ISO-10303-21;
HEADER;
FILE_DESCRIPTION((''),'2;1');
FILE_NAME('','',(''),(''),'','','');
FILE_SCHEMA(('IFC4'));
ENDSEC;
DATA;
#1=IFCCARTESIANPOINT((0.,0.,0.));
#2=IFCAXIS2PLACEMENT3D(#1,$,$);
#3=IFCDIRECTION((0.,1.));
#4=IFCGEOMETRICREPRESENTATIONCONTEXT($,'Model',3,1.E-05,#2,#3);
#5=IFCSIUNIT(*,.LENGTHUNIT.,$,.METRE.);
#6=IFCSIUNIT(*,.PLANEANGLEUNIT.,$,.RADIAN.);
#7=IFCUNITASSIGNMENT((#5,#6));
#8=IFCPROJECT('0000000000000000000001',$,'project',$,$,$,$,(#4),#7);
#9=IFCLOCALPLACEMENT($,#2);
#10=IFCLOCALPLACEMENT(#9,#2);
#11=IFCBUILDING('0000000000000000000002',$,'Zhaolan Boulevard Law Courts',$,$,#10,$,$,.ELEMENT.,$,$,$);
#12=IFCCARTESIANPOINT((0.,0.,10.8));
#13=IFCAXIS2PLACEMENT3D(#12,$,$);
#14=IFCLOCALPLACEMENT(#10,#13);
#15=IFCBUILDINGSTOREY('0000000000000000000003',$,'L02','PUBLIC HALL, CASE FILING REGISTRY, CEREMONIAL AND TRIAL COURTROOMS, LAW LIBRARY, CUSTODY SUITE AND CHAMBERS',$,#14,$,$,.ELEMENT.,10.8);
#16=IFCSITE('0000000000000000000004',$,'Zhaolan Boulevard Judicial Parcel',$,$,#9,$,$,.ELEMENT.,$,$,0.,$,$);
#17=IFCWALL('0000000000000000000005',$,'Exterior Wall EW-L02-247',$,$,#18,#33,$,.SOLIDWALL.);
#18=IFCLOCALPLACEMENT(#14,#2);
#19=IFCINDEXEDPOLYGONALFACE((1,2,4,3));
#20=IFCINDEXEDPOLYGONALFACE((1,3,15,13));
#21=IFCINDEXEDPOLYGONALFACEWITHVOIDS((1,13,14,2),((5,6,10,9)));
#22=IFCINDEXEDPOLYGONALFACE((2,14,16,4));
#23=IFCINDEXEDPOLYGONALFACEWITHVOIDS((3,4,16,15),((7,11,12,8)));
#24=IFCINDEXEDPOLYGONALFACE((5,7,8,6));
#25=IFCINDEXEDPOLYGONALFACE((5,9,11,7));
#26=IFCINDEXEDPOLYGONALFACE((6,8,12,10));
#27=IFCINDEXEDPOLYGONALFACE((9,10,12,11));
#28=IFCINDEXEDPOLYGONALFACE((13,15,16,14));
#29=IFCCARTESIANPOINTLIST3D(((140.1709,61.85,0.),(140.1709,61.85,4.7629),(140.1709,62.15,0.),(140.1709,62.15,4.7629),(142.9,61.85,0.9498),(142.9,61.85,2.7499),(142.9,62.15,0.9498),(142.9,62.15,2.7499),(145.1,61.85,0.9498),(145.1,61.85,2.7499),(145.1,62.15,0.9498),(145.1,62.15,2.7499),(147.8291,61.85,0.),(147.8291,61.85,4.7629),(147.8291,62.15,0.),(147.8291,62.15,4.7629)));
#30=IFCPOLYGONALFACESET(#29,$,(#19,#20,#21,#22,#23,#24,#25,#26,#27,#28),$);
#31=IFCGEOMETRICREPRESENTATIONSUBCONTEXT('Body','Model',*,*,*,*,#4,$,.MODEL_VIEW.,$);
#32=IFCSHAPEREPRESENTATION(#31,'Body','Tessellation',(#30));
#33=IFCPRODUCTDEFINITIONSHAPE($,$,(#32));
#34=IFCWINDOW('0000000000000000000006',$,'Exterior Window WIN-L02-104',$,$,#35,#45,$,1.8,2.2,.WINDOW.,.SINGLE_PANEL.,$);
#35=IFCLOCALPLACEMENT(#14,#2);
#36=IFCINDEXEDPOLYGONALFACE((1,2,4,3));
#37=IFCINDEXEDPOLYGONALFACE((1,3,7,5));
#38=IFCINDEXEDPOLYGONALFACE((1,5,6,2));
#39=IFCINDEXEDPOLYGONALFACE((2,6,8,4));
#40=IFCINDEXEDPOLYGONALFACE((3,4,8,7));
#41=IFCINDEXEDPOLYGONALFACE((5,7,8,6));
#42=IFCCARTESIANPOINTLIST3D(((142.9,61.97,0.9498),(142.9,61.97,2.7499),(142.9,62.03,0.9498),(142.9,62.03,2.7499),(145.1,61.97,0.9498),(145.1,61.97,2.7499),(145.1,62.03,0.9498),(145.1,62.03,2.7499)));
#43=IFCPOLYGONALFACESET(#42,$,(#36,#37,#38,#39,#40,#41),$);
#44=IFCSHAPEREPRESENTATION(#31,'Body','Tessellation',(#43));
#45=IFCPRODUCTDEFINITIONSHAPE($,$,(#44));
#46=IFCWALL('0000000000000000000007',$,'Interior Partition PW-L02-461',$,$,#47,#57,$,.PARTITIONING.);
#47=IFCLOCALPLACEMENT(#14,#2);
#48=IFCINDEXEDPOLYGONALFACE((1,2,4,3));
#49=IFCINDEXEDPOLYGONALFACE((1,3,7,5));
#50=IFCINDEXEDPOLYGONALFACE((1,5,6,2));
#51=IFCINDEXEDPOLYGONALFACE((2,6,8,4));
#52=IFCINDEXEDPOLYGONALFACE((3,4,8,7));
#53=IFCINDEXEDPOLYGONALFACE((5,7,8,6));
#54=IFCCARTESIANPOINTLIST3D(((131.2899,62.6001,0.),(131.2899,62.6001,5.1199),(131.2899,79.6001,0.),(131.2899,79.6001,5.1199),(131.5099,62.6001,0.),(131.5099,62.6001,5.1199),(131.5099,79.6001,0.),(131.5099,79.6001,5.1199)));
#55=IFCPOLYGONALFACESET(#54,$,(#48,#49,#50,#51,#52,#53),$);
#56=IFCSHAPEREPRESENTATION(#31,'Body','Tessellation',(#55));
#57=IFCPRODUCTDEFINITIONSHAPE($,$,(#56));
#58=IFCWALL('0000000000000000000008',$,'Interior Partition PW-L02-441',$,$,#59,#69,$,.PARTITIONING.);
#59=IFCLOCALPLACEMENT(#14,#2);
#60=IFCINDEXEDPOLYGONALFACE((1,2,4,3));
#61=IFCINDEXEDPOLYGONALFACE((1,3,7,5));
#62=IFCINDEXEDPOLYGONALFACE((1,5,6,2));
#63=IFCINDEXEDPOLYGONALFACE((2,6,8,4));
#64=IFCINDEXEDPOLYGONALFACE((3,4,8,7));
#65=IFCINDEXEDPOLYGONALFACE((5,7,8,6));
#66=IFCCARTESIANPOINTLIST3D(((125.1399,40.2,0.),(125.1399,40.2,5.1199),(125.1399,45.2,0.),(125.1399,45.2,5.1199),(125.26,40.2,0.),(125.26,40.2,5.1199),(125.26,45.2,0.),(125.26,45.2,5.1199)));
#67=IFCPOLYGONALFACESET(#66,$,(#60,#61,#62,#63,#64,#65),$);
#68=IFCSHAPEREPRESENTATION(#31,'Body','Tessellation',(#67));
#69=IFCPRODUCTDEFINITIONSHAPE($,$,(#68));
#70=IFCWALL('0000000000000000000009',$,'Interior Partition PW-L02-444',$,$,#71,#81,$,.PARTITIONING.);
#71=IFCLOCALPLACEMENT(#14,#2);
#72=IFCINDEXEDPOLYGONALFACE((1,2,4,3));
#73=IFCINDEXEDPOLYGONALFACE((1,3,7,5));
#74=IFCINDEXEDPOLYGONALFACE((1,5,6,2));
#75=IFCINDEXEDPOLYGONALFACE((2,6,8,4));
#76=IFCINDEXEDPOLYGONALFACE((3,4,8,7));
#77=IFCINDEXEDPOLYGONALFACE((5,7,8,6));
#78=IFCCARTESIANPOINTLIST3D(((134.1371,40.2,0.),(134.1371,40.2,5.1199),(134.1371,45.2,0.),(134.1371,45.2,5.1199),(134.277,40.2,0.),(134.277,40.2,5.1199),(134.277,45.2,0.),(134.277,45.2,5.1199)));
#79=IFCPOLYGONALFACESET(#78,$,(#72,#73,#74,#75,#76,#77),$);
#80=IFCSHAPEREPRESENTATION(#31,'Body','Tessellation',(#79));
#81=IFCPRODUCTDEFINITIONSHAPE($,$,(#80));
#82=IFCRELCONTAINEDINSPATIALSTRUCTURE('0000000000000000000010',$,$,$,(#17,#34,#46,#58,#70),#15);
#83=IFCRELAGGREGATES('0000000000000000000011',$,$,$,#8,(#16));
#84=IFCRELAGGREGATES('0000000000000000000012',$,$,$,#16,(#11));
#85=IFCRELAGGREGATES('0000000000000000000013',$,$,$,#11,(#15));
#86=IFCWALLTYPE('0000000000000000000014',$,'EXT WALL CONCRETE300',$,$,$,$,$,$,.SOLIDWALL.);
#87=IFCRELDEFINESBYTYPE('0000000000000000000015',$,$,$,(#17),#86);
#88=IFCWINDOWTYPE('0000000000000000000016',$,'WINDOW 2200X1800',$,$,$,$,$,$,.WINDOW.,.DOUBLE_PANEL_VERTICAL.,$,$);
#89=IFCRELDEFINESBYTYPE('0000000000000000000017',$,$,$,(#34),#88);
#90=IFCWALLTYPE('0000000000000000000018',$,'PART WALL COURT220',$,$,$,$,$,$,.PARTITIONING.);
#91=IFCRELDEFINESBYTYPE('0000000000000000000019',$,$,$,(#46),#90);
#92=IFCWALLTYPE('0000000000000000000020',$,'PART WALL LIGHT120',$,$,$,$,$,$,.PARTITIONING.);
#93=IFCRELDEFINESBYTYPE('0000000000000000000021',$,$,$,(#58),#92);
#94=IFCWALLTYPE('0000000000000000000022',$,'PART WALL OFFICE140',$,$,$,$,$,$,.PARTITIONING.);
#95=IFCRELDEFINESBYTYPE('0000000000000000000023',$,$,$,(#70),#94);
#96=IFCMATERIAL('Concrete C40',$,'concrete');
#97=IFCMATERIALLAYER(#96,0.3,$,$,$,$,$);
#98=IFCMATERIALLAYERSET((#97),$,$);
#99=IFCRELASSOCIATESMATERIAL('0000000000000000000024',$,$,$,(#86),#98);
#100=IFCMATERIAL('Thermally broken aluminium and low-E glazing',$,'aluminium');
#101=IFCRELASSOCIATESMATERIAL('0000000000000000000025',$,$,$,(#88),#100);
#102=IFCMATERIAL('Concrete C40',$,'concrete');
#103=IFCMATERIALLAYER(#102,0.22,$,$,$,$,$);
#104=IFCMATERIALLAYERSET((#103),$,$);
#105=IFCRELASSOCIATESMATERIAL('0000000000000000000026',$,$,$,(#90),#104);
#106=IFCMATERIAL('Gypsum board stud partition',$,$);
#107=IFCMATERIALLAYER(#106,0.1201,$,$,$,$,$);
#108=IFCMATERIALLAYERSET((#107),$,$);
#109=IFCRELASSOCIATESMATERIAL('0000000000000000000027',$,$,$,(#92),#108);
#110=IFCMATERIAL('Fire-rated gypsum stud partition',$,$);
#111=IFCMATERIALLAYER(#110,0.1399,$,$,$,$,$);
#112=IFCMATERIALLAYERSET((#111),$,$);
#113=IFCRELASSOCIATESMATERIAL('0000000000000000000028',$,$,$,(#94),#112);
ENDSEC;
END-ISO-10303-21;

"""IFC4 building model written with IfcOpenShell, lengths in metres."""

from ifc_helpers import new_model, si_unit, direction, frame, frame_2d, origin, place, context, subcontext, project, spatial, rectangle, extrude, material, layer, layer_set, type_object, element, fill, save


model = new_model("IFC4")

# Units and contexts
model_context = context("Model", 3, precision=1e-05, world=origin(), true_north=direction((0.0, 1.0)))
body_context = subcontext(model_context, "Body", "Model", "MODEL_VIEW")
ifc_project = project(units=[si_unit("LENGTHUNIT", "METRE"), si_unit("PLANEANGLEUNIT", "RADIAN")], contexts=[model_context])

# Site, building, storey
site_placement = place(None, origin())
site = spatial("IfcSite", under=ifc_project, at=site_placement, Name="Zhaolan Boulevard Judicial Parcel", CompositionType="ELEMENT", RefElevation=0.0)
building_placement = place(site_placement, origin())
building = spatial("IfcBuilding", under=site, at=building_placement, Name="Zhaolan Boulevard Law Courts", CompositionType="ELEMENT")
storey_placement = place(building_placement, frame((0.0, 0.0, 10.8)))
storey = spatial("IfcBuildingStorey", under=building, at=storey_placement, Name="L02", Description="PUBLIC HALL, CASE FILING REGISTRY, CEREMONIAL AND TRIAL COURTROOMS, LAW LIBRARY, CUSTODY SUITE AND CHAMBERS", CompositionType="ELEMENT", Elevation=10.8)

# Wall, opening, window
ifc_material_1 = material(Name="Concrete C40", Category="concrete")
ifc_layer_1 = layer(ifc_material_1, 0.3)
ifc_layer_set_1 = layer_set([ifc_layer_1])
wall_type_1 = type_object("IfcWallType", Name="EXT WALL CONCRETE300", PredefinedType="SOLIDWALL", material=ifc_layer_set_1)
wall_1_placement = place(storey_placement, frame((140.1709, 62.0, 0.0), z_axis=(0.0, 0.0, 1.0), x_axis=(1.0, 0.0, 0.0)))
wall_1 = element("IfcWall", 1, at=wall_1_placement, inside=storey, type_object=wall_type_1, Name="Exterior Wall EW-L02-247", PredefinedType="SOLIDWALL", context=body_context, shape_type="SweptSolid", body=[
    extrude(rectangle(XDim=7.6582, YDim=0.3, at=frame_2d((3.8291, 0.0))), origin(), (0.0, 0.0, 1.0), 4.7629),
])
opening_1_placement = place(wall_1_placement, frame((2.729, 0.0, 0.95)))
opening_1 = element("IfcOpeningElement", 2, at=opening_1_placement, cuts=wall_1, PredefinedType="OPENING", context=body_context, shape_type="SweptSolid", body=[
    extrude(rectangle(XDim=2.2, YDim=1.8, at=frame_2d((1.1001, 0.8999))), frame((0.0, 0.1599, 0.0), z_axis=(0.0, -1.0, 0.0), x_axis=(1.0, 0.0, 0.0)), (0.0, 0.0, 1.0), 0.3201),
])
ifc_material_2 = material(Name="Thermally broken aluminium and low-E glazing", Category="aluminium")
window_type_1 = type_object("IfcWindowType", Name="WINDOW 2200X1800", PartitioningType="DOUBLE_PANEL_VERTICAL", PredefinedType="WINDOW", material=ifc_material_2)
window_1_placement = place(opening_1_placement, origin())
window_1 = element("IfcWindow", 3, at=window_1_placement, inside=storey, type_object=window_type_1, Name="Exterior Window WIN-L02-104", OverallHeight=1.8, OverallWidth=2.2, PartitioningType="SINGLE_PANEL", PredefinedType="WINDOW", context=body_context, shape_type="SweptSolid", body=[
    extrude(rectangle(XDim=2.2, YDim=1.8, at=frame_2d((1.1001, 0.8999))), frame((0.0, 0.03, 0.0), z_axis=(0.0, -1.0, 0.0), x_axis=(1.0, 0.0, 0.0)), (0.0, 0.0, 1.0), 0.0601),
])
fill(opening_1, window_1)

# Walls
ifc_material_3 = material(Name="Concrete C40", Category="concrete")
ifc_layer_2 = layer(ifc_material_3, 0.22)
ifc_layer_set_2 = layer_set([ifc_layer_2])
wall_type_2 = type_object("IfcWallType", Name="PART WALL COURT220", PredefinedType="PARTITIONING", material=ifc_layer_set_2)
wall_2_placement = place(storey_placement, frame((131.3999, 62.6001, 0.0), z_axis=(0.0, 0.0, 1.0), x_axis=(0.0, 1.0, 0.0)))
element("IfcWall", 4, at=wall_2_placement, inside=storey, type_object=wall_type_2, Name="Interior Partition PW-L02-461", PredefinedType="PARTITIONING", context=body_context, shape_type="SweptSolid", body=[
    extrude(rectangle(XDim=17.0, YDim=0.22, at=frame_2d((8.5, 0.0))), origin(), (0.0, 0.0, 1.0), 5.1199),
])
ifc_material_4 = material(Name="Gypsum board stud partition")
ifc_layer_3 = layer(ifc_material_4, 0.1201)
ifc_layer_set_3 = layer_set([ifc_layer_3])
wall_type_3 = type_object("IfcWallType", Name="PART WALL LIGHT120", PredefinedType="PARTITIONING", material=ifc_layer_set_3)
wall_3_placement = place(storey_placement, frame((125.2, 45.2, 0.0), z_axis=(0.0, 0.0, 1.0), x_axis=(0.0, -1.0, 0.0)))
element("IfcWall", 5, at=wall_3_placement, inside=storey, type_object=wall_type_3, Name="Interior Partition PW-L02-441", PredefinedType="PARTITIONING", context=body_context, shape_type="SweptSolid", body=[
    extrude(rectangle(XDim=5.0, YDim=0.1201, at=frame_2d((2.5, 0.0))), origin(), (0.0, 0.0, 1.0), 5.1199),
])
ifc_material_5 = material(Name="Fire-rated gypsum stud partition")
ifc_layer_4 = layer(ifc_material_5, 0.1399)
ifc_layer_set_4 = layer_set([ifc_layer_4])
wall_type_4 = type_object("IfcWallType", Name="PART WALL OFFICE140", PredefinedType="PARTITIONING", material=ifc_layer_set_4)
wall_4_placement = place(storey_placement, frame((134.207, 45.2, 0.0), z_axis=(0.0, 0.0, 1.0), x_axis=(0.0, -1.0, 0.0)))
element("IfcWall", 6, at=wall_4_placement, inside=storey, type_object=wall_type_4, Name="Interior Partition PW-L02-444", PredefinedType="PARTITIONING", context=body_context, shape_type="SweptSolid", body=[
    extrude(rectangle(XDim=5.0, YDim=0.1399, at=frame_2d((2.5, 0.0))), origin(), (0.0, 0.0, 1.0), 5.1199),
])

save(model, "model.ifc")
